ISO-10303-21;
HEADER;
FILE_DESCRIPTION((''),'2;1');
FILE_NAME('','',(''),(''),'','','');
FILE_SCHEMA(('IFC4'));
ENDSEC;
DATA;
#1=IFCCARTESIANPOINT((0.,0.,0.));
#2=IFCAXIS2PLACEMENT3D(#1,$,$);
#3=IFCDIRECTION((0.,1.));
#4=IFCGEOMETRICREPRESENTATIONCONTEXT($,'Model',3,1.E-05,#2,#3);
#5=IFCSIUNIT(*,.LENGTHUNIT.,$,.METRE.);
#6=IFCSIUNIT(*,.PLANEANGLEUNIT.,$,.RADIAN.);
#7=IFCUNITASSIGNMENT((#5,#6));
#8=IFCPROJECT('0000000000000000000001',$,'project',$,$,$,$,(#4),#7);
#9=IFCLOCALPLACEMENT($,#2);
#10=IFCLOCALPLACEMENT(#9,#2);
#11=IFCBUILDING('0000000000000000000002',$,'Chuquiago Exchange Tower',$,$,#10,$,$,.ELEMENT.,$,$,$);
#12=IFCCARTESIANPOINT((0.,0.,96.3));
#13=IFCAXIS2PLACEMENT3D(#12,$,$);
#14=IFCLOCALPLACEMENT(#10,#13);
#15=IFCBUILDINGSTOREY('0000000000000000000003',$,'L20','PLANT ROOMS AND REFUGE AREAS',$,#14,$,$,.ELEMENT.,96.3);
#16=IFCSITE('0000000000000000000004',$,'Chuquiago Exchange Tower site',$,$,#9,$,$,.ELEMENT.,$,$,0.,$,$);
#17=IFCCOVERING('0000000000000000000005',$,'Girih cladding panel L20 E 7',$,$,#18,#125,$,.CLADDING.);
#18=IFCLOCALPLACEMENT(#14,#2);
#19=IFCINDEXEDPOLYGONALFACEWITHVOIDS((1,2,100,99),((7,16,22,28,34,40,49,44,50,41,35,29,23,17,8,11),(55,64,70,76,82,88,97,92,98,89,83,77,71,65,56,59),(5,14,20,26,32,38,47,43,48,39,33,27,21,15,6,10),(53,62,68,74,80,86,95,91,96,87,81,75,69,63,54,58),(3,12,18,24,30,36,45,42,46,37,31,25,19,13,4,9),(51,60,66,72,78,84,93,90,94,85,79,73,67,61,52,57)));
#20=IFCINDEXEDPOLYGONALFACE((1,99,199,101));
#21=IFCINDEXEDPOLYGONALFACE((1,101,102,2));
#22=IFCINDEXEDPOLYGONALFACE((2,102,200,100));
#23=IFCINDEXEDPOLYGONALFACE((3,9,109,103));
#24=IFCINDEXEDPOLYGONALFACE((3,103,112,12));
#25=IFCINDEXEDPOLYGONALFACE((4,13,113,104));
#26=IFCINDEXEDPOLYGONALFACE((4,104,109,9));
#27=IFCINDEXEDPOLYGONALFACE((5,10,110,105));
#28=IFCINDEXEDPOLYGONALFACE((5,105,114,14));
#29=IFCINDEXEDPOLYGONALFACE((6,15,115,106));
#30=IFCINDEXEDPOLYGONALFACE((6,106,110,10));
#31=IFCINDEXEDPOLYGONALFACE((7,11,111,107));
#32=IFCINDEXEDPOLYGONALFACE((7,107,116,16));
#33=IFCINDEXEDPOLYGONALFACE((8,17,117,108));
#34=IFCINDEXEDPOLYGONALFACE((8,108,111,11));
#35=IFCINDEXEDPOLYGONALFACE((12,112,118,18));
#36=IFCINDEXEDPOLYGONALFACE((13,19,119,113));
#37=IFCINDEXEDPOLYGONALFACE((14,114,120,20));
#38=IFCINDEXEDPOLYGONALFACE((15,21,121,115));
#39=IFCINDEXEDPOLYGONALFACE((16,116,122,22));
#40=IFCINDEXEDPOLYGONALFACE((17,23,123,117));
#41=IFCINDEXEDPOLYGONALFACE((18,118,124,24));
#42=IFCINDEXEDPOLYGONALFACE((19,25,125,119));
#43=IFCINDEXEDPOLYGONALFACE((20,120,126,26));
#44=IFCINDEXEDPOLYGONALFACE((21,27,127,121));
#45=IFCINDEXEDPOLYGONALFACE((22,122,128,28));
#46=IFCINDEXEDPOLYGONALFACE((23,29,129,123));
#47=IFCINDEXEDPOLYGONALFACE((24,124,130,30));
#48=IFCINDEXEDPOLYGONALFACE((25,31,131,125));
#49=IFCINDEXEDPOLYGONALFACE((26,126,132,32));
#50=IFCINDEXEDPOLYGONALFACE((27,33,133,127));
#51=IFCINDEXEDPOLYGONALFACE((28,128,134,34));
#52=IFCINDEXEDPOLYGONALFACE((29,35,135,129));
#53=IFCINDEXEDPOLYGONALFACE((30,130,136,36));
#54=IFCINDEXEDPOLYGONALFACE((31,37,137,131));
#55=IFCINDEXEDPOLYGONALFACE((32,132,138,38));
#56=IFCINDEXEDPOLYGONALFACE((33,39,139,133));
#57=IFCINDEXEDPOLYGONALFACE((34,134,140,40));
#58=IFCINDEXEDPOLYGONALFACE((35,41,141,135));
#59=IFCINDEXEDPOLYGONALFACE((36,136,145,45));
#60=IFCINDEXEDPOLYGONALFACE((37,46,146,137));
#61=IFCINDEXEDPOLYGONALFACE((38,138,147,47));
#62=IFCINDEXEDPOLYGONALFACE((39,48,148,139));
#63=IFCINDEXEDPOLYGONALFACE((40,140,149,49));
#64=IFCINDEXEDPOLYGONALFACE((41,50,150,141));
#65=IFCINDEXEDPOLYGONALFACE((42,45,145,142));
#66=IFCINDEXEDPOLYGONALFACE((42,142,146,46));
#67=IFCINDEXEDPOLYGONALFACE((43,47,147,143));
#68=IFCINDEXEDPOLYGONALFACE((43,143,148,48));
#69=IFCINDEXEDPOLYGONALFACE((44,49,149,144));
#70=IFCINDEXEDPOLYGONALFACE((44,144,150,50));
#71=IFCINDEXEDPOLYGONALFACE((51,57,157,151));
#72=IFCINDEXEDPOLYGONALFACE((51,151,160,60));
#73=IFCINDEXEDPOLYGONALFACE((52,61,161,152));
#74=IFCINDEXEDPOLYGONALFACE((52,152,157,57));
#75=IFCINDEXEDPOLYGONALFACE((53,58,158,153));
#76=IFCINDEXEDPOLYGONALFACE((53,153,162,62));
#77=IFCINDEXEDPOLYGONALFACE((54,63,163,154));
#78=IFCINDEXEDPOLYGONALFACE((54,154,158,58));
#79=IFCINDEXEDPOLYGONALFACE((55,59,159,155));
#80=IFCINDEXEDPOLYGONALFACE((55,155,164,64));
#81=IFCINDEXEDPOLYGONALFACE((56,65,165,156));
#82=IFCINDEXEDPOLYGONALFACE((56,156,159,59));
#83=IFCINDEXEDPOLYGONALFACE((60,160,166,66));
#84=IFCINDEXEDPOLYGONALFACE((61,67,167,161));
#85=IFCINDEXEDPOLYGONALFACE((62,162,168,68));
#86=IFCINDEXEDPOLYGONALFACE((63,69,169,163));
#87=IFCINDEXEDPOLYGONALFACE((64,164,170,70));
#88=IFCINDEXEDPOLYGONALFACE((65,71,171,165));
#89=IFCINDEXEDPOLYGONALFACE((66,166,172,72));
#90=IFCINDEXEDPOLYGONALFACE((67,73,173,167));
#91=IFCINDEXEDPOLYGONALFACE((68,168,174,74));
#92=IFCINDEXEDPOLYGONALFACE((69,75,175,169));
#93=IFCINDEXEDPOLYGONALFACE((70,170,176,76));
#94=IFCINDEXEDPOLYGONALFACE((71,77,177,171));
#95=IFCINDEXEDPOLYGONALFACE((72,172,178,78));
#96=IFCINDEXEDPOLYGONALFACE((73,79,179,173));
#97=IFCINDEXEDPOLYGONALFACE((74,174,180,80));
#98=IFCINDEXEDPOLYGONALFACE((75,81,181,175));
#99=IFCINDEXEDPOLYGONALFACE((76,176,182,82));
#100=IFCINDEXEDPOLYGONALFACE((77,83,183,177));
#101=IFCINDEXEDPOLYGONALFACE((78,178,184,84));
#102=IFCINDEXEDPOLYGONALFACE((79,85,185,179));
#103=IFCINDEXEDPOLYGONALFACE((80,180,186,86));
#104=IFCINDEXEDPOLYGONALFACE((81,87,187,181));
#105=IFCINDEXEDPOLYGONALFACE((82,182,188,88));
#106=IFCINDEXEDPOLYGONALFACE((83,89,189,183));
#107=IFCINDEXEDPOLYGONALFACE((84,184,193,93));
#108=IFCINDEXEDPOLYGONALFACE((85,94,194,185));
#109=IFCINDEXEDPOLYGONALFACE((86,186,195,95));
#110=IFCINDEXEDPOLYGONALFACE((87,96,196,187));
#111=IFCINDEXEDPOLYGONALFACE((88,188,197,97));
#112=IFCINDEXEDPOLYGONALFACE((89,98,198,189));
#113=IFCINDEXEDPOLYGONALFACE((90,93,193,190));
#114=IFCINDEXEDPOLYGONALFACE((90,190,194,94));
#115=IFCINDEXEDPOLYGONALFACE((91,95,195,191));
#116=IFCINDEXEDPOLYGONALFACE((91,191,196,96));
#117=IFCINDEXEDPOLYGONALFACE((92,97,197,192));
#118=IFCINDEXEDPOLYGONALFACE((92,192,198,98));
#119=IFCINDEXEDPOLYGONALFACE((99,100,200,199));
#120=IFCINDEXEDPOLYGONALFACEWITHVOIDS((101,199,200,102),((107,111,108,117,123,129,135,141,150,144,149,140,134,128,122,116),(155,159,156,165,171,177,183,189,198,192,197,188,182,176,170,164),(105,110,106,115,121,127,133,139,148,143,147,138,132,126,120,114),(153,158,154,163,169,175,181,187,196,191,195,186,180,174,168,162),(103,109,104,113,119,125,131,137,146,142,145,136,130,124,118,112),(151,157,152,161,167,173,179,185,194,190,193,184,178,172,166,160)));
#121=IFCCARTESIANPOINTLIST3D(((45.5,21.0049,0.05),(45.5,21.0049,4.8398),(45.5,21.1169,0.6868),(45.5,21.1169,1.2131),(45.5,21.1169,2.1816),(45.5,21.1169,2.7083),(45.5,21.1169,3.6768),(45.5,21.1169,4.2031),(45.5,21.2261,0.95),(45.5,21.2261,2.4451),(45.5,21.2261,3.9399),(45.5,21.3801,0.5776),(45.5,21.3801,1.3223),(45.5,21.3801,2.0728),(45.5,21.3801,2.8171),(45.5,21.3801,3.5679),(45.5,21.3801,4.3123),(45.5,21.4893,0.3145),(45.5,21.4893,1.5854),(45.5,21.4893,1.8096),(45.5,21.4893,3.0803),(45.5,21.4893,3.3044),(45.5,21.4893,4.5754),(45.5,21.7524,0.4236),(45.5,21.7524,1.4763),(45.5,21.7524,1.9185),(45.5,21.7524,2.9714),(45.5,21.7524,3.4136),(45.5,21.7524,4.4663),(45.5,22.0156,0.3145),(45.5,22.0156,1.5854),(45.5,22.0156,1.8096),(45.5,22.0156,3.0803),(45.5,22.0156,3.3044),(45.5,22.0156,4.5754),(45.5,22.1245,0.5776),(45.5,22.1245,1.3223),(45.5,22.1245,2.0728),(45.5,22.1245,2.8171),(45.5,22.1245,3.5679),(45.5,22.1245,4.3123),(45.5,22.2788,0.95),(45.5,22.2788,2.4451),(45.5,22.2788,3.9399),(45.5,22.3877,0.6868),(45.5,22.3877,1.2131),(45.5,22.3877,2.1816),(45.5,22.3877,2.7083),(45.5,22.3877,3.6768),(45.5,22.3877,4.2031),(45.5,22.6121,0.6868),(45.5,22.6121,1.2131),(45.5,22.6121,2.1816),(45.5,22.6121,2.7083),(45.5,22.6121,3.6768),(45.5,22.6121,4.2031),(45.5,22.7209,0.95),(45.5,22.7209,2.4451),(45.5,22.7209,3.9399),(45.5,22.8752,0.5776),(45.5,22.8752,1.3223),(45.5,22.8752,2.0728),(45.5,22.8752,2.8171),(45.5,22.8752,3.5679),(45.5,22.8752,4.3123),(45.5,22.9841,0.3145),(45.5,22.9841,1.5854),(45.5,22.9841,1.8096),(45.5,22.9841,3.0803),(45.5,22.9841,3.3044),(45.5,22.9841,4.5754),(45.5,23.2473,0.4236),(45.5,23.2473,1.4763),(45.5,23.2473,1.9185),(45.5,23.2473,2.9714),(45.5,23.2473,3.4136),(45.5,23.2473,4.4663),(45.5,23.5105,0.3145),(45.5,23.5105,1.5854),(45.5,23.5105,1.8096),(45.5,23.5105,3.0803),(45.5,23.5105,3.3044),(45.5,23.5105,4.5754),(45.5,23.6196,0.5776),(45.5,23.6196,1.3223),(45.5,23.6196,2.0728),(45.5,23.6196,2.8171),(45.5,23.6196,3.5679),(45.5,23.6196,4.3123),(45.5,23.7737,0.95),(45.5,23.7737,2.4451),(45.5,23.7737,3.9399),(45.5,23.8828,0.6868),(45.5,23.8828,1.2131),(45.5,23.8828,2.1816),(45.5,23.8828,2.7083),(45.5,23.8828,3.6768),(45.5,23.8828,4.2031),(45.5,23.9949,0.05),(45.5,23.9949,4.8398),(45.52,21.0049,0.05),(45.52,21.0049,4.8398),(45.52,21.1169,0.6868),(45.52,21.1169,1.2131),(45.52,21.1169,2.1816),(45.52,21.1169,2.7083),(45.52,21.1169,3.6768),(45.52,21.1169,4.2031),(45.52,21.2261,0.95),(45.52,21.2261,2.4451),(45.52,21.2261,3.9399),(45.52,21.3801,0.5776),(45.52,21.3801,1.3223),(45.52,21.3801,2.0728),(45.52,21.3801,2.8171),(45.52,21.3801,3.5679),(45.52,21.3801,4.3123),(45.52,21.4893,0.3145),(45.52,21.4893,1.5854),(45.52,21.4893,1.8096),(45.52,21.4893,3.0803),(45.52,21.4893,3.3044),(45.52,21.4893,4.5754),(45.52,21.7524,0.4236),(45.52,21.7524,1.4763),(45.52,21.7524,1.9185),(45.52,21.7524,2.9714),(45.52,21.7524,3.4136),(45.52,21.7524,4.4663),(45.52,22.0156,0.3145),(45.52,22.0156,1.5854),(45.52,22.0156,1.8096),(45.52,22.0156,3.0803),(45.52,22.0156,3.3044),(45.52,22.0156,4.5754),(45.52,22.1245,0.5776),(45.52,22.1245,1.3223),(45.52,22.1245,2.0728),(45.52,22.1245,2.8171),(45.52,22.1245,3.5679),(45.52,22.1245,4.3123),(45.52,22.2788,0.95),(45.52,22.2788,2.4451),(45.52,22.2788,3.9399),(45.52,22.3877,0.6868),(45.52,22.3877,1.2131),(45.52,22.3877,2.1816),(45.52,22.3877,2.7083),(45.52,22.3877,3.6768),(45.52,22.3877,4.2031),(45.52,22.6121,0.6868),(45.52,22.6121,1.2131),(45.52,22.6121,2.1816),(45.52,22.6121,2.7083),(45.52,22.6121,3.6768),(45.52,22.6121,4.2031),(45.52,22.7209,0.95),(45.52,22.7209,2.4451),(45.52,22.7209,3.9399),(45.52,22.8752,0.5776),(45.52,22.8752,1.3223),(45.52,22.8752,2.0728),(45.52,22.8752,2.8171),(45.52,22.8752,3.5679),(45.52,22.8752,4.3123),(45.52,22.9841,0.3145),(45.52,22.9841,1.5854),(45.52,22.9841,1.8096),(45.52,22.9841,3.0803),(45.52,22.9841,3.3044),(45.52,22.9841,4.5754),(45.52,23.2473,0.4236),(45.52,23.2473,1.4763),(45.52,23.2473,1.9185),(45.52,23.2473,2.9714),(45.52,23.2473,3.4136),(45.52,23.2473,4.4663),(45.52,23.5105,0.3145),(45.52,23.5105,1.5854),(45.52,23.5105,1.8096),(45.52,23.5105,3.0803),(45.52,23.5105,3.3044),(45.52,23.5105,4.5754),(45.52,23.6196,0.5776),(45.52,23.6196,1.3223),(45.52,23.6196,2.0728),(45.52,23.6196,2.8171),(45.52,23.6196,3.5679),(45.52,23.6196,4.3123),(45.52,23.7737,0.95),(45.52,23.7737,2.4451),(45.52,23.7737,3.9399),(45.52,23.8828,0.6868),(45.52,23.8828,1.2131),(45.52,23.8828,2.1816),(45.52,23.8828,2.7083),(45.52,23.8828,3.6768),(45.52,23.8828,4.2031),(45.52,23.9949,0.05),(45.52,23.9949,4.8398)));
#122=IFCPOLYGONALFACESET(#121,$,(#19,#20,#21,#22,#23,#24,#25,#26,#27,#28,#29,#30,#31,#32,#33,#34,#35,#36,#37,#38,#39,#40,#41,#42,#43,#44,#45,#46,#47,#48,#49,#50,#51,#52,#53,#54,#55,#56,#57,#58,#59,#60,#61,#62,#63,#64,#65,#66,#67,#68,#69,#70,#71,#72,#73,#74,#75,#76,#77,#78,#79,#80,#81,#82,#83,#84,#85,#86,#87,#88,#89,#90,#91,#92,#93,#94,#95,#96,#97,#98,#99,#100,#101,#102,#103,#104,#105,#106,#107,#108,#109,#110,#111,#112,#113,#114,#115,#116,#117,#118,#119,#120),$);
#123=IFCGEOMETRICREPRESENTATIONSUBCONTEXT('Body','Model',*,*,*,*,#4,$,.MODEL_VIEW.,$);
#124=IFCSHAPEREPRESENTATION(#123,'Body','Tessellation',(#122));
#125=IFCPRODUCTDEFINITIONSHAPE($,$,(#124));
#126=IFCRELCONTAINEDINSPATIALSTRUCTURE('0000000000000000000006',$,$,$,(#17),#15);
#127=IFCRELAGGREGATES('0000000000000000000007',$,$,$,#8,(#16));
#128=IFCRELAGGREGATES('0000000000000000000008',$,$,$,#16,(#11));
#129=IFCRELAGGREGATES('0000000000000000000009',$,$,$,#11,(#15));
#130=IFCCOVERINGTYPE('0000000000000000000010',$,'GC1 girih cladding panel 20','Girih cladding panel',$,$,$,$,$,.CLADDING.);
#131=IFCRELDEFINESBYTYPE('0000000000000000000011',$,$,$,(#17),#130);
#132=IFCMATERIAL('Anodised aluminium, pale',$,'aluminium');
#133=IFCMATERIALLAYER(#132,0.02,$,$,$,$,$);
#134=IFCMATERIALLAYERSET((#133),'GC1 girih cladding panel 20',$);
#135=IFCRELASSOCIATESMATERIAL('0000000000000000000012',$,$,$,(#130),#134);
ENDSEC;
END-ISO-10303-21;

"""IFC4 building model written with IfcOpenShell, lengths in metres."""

from ifc_helpers import new_model, si_unit, direction, frame, origin, place, context, subcontext, project, spatial, polyline, outline, extrude, material, layer, layer_set, type_object, element, save


model = new_model("IFC4")

# Units and contexts
model_context = context("Model", 3, precision=1e-05, world=origin(), true_north=direction((0.0, 1.0)))
body_context = subcontext(model_context, "Body", "Model", "MODEL_VIEW")
ifc_project = project(units=[si_unit("LENGTHUNIT", "METRE"), si_unit("PLANEANGLEUNIT", "RADIAN")], contexts=[model_context])

# Site, building, storey
site_placement = place(None, origin())
site = spatial("IfcSite", under=ifc_project, at=site_placement, Name="Chuquiago Exchange Tower site", CompositionType="ELEMENT", RefElevation=0.0)
building_placement = place(site_placement, origin())
building = spatial("IfcBuilding", under=site, at=building_placement, Name="Chuquiago Exchange Tower", CompositionType="ELEMENT")
storey_placement = place(building_placement, frame((0.0, 0.0, 96.3)))
storey = spatial("IfcBuildingStorey", under=building, at=storey_placement, Name="L20", Description="PLANT ROOMS AND REFUGE AREAS", CompositionType="ELEMENT", Elevation=96.3)

# Covering
ifc_material_1 = material(Name="Anodised aluminium, pale", Category="aluminium")
ifc_layer_1 = layer(ifc_material_1, 0.02)
ifc_layer_set_1 = layer_set([ifc_layer_1], Name="GC1 girih cladding panel 20")
covering_type = type_object("IfcCoveringType", Name="GC1 girih cladding panel 20", Description="Girih cladding panel", PredefinedType="CLADDING", material=ifc_layer_set_1)
covering_1_placement = place(storey_placement, frame((45.5, 21.0049, 0.05), z_axis=(0.0, 0.0, 1.0), x_axis=(0.0, 1.0, 0.0)))
element("IfcCovering", 1, at=covering_1_placement, inside=storey, type_object=covering_type, Name="Girih cladding panel L20 E 7", PredefinedType="CLADDING", context=body_context, shape_type="SweptSolid", body=[
    extrude(outline(polyline([(0.0, 0.0), (2.99, 0.0), (2.99, 4.7898), (0.0, 4.7898), (0.0, 0.0)]), holes=[polyline([(1.2739, 0.8999), (1.3828, 1.1631), (1.1196, 1.2722), (1.0107, 1.5354), (0.7476, 1.4263), (0.4844, 1.5354), (0.3752, 1.2722), (0.1121, 1.1631), (0.2212, 0.8999), (0.1121, 0.6367), (0.3752, 0.5276), (0.4844, 0.2644), (0.7476, 0.3735), (1.0107, 0.2644), (1.1196, 0.5276), (1.3828, 0.6367), (1.2739, 0.8999)]), polyline([(2.7688, 0.8999), (2.8779, 1.1631), (2.6147, 1.2722), (2.5056, 1.5354), (2.2424, 1.4263), (1.9792, 1.5354), (1.8704, 1.2722), (1.6072, 1.1631), (1.7161, 0.8999), (1.6072, 0.6367), (1.8704, 0.5276), (1.9792, 0.2644), (2.2424, 0.3735), (2.5056, 0.2644), (2.6147, 0.5276), (2.8779, 0.6367), (2.7688, 0.8999)]), polyline([(1.2739, 2.395), (1.3828, 2.6582), (1.1196, 2.7671), (1.0107, 3.0303), (0.7476, 2.9214), (0.4844, 3.0303), (0.3752, 2.7671), (0.1121, 2.6582), (0.2212, 2.395), (0.1121, 2.1316), (0.3752, 2.0227), (0.4844, 1.7595), (0.7476, 1.8684), (1.0107, 1.7595), (1.1196, 2.0227), (1.3828, 2.1316), (1.2739, 2.395)]), polyline([(2.7688, 2.395), (2.8779, 2.6582), (2.6147, 2.7671), (2.5056, 3.0303), (2.2424, 2.9214), (1.9792, 3.0303), (1.8704, 2.7671), (1.6072, 2.6582), (1.7161, 2.395), (1.6072, 2.1316), (1.8704, 2.0227), (1.9792, 1.7595), (2.2424, 1.8684), (2.5056, 1.7595), (2.6147, 2.0227), (2.8779, 2.1316), (2.7688, 2.395)]), polyline([(1.2739, 3.8899), (1.3828, 4.1531), (1.1196, 4.2622), (1.0107, 4.5254), (0.7476, 4.4163), (0.4844, 4.5254), (0.3752, 4.2622), (0.1121, 4.1531), (0.2212, 3.8899), (0.1121, 3.6267), (0.3752, 3.5178), (0.4844, 3.2544), (0.7476, 3.3635), (1.0107, 3.2544), (1.1196, 3.5178), (1.3828, 3.6267), (1.2739, 3.8899)]), polyline([(2.7688, 3.8899), (2.8779, 4.1531), (2.6147, 4.2622), (2.5056, 4.5254), (2.2424, 4.4163), (1.9792, 4.5254), (1.8704, 4.2622), (1.6072, 4.1531), (1.7161, 3.8899), (1.6072, 3.6267), (1.8704, 3.5178), (1.9792, 3.2544), (2.2424, 3.3635), (2.5056, 3.2544), (2.6147, 3.5178), (2.8779, 3.6267), (2.7688, 3.8899)])]), frame((0.0, 0.0, 0.0), z_axis=(0.0, -1.0, 0.0), x_axis=(1.0, 0.0, 0.0)), (0.0, 0.0, 1.0), 0.02),
])

save(model, "model.ifc")
